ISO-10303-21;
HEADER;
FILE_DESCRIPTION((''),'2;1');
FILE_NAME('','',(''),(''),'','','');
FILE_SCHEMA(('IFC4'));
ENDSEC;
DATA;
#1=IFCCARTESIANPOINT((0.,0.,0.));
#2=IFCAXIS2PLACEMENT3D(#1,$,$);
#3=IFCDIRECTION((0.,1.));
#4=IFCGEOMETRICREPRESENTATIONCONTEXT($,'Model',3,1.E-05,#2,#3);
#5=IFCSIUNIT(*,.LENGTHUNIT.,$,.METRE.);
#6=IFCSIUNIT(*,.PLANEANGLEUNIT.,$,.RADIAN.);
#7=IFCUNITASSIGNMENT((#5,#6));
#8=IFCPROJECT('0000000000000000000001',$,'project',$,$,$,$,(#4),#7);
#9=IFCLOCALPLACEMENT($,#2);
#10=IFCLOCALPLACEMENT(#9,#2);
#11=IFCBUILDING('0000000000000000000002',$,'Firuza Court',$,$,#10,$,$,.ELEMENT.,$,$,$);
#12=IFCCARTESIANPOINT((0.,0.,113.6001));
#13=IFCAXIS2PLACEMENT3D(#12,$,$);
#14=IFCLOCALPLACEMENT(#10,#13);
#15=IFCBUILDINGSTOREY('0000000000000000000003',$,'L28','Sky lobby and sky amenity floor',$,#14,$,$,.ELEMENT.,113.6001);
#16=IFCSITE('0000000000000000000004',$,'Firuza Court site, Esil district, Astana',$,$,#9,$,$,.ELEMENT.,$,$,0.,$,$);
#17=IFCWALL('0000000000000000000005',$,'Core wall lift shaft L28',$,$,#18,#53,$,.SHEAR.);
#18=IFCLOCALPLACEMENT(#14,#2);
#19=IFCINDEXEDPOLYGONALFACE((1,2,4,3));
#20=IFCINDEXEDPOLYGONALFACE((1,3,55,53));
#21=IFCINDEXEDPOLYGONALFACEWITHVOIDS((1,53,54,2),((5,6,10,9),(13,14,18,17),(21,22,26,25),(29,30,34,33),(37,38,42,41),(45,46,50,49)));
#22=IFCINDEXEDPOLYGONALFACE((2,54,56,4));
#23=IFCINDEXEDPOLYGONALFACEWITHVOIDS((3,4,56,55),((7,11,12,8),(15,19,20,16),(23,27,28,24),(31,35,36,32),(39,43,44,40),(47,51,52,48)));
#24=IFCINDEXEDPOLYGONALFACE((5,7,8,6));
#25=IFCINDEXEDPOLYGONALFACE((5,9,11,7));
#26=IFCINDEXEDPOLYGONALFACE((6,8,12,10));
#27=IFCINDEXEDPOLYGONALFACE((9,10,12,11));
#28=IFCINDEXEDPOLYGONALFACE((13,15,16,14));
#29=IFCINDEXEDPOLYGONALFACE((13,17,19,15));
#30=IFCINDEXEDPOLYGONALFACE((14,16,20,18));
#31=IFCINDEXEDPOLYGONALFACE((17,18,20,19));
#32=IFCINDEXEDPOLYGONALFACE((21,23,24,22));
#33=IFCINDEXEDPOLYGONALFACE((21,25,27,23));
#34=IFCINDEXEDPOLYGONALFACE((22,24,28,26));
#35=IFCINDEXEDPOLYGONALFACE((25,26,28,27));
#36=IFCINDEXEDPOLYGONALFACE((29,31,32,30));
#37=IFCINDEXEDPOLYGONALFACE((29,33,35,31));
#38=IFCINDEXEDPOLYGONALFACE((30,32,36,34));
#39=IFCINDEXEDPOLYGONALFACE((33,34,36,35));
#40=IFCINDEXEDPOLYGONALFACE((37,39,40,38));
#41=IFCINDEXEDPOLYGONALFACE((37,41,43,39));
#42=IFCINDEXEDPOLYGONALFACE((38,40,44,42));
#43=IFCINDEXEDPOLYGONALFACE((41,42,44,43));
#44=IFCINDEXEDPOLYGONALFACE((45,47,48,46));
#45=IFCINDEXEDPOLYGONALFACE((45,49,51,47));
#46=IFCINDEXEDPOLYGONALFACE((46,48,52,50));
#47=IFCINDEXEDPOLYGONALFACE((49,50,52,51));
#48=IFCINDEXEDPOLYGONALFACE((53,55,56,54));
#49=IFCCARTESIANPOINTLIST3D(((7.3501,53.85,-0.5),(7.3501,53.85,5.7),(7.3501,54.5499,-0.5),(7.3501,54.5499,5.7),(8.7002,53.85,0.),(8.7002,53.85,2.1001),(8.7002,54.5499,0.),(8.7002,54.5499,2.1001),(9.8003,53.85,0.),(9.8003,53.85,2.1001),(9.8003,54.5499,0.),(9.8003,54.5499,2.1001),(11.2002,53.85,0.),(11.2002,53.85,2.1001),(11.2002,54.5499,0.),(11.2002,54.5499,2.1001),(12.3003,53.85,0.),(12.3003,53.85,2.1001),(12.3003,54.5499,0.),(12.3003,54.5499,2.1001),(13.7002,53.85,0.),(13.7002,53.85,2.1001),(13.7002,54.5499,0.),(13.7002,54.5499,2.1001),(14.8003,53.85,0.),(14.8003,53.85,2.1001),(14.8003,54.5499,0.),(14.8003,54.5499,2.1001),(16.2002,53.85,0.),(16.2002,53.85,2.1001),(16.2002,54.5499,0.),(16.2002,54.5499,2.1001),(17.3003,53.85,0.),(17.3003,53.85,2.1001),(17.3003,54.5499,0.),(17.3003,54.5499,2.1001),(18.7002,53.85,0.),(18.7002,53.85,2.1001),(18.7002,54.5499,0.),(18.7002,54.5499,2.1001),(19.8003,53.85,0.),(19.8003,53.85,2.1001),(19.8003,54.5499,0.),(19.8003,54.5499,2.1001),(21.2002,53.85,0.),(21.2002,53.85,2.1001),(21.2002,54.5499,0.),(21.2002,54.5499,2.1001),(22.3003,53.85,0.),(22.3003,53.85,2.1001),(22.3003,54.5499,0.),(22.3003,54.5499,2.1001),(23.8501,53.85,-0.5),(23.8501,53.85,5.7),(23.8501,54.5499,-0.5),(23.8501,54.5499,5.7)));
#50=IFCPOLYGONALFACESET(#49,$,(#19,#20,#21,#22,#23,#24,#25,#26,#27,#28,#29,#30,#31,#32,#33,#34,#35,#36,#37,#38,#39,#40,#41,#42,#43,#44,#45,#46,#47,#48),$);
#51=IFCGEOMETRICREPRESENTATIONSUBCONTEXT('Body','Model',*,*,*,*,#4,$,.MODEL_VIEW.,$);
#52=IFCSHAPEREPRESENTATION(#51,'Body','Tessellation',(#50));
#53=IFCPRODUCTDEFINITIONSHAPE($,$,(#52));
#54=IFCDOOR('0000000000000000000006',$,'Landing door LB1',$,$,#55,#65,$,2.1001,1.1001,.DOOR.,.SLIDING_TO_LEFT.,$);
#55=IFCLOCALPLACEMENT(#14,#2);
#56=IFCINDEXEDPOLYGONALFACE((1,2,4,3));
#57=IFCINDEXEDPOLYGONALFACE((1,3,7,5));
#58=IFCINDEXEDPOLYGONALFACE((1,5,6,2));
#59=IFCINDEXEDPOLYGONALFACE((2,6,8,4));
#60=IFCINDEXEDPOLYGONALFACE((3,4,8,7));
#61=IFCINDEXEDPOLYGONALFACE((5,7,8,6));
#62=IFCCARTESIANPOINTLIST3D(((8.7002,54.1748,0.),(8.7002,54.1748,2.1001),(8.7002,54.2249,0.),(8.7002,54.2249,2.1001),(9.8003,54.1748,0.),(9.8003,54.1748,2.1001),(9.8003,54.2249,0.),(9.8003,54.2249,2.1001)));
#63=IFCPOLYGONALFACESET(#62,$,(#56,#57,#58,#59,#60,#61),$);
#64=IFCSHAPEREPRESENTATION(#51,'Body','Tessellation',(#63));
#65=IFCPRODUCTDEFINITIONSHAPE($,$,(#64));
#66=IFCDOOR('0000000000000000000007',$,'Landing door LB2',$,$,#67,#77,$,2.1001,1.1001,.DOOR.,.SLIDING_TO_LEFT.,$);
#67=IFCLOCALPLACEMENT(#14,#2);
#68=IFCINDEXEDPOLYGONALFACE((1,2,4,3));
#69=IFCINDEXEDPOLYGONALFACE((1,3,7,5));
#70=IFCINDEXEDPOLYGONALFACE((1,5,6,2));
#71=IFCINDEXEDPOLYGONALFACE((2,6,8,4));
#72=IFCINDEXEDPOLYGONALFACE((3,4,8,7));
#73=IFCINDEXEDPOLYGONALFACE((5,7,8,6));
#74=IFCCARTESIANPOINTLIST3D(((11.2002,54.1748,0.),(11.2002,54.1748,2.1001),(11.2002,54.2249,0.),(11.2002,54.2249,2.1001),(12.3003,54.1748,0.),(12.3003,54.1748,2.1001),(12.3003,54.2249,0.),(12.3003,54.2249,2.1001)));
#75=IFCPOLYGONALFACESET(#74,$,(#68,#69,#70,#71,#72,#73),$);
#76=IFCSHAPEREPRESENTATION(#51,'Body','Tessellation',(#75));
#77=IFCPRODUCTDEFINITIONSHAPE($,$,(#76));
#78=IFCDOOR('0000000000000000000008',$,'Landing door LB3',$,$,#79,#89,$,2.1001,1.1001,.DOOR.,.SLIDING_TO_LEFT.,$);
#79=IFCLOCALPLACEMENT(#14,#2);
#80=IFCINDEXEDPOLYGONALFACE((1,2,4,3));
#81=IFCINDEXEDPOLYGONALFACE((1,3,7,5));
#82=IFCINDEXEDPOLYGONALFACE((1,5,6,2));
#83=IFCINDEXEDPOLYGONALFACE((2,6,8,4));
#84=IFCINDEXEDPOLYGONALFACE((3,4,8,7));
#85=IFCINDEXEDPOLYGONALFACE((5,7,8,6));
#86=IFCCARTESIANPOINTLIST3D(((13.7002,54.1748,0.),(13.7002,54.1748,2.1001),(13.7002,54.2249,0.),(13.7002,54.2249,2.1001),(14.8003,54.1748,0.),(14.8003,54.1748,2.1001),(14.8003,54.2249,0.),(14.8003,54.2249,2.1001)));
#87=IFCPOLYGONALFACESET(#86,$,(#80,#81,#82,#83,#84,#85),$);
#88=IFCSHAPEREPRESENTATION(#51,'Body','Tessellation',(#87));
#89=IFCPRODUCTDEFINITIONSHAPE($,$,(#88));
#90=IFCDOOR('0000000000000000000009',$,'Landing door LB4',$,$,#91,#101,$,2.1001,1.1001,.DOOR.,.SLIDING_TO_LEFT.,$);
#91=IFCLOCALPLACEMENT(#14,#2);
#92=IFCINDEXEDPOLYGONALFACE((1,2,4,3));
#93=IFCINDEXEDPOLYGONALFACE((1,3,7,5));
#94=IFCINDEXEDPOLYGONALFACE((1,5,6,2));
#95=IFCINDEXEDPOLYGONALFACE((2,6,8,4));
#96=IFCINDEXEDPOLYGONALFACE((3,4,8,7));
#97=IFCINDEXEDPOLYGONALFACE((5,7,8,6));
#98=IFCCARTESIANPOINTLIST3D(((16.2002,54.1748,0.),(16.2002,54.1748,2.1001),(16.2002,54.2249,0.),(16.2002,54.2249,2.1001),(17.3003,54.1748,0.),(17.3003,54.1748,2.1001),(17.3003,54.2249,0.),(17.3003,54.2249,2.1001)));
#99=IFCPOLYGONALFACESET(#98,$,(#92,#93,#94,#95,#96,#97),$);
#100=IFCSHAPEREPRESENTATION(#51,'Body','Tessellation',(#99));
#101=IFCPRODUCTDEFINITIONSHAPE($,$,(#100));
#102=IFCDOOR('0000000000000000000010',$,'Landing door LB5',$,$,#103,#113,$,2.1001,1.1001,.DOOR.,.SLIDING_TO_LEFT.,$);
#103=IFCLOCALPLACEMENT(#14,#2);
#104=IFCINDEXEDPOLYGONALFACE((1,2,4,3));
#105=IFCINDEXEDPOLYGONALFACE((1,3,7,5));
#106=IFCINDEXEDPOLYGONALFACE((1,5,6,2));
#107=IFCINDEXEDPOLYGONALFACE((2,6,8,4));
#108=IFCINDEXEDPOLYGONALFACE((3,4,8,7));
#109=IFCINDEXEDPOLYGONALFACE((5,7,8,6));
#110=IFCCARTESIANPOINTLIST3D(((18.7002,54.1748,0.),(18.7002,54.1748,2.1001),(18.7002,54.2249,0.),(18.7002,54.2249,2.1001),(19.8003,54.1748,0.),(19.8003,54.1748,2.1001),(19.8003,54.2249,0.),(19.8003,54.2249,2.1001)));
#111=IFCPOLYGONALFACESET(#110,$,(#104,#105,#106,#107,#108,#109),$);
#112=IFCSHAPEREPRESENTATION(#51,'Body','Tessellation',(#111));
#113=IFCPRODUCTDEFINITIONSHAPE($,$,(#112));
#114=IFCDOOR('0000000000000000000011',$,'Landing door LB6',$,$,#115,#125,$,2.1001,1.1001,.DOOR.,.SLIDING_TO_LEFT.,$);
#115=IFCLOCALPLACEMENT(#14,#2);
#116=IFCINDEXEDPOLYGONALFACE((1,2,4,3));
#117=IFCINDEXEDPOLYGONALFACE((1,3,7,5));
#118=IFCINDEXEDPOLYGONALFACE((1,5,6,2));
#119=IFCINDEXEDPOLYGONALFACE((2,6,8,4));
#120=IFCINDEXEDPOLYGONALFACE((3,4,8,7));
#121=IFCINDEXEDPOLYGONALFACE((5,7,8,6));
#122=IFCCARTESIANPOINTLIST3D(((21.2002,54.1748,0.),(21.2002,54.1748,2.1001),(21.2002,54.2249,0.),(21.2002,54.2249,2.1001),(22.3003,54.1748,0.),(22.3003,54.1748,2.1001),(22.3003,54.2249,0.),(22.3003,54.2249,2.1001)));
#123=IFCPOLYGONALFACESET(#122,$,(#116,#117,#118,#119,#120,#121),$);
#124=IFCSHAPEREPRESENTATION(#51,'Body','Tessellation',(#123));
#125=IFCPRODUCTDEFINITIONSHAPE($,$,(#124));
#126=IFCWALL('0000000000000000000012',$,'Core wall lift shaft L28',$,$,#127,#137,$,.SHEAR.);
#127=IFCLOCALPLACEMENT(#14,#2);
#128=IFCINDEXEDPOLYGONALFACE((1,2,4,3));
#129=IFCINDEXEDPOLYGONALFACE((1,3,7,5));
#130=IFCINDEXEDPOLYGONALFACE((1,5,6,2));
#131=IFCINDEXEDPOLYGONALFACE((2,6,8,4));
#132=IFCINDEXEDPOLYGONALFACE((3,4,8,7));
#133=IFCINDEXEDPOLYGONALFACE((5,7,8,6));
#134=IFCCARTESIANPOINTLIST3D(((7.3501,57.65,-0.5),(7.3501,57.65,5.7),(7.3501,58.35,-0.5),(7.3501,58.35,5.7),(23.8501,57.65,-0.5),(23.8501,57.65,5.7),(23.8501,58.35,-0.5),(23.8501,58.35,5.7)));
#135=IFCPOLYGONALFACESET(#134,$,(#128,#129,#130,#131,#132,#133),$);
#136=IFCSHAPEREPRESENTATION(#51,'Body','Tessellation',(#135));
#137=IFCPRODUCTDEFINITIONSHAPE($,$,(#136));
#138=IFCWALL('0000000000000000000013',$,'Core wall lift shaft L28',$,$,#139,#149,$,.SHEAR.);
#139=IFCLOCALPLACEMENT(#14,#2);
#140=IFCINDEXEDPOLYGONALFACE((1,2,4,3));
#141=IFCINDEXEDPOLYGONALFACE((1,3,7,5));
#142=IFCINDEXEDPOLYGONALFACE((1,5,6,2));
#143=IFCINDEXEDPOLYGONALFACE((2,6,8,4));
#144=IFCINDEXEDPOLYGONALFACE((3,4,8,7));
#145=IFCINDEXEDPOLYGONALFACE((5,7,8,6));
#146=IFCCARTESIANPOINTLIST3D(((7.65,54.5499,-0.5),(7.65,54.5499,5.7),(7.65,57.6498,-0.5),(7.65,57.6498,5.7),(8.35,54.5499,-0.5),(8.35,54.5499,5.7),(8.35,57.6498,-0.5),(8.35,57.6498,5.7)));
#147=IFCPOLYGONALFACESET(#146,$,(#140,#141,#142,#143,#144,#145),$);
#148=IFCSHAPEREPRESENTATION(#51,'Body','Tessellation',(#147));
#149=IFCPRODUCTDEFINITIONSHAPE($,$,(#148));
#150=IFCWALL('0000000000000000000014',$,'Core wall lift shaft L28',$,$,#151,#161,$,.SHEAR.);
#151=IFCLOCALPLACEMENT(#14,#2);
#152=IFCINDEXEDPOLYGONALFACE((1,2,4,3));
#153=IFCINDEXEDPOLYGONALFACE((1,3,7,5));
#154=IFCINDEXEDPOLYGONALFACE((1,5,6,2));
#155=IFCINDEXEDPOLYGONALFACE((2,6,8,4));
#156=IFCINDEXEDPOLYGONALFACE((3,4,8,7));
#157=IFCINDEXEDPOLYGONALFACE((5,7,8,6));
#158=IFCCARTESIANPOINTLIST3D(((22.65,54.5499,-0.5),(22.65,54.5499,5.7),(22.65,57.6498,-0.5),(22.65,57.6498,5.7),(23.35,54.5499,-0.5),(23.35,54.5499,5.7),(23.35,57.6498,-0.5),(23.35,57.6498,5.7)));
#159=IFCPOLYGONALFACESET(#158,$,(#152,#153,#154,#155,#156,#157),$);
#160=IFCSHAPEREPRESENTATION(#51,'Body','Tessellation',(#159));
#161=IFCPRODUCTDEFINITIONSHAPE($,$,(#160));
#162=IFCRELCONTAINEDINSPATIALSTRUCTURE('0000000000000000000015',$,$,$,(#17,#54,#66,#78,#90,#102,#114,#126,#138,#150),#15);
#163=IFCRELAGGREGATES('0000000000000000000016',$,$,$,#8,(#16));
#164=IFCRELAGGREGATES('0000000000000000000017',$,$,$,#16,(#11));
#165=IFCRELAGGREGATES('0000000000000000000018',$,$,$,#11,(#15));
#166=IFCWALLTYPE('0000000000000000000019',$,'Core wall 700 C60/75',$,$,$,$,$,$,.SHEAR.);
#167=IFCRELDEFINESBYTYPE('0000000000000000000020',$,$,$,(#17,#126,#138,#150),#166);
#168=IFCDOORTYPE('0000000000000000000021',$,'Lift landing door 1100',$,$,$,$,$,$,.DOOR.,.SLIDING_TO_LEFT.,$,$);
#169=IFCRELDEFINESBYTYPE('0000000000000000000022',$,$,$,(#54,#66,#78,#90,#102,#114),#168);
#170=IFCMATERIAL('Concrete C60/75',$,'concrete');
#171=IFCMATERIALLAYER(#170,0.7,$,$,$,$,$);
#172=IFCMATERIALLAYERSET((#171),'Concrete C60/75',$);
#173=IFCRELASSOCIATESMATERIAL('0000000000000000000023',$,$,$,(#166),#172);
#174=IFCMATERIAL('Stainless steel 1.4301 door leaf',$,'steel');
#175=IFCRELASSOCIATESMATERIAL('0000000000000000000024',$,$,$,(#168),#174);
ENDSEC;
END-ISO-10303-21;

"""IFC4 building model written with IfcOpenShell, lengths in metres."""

from ifc_helpers import new_model, si_unit, direction, frame, frame_2d, origin, place, context, subcontext, project, spatial, rectangle, extrude, material, layer, layer_set, type_object, element, fill, save


model = new_model("IFC4")

# Units and contexts
model_context = context("Model", 3, precision=1e-05, world=origin(), true_north=direction((0.0, 1.0)))
body_context = subcontext(model_context, "Body", "Model", "MODEL_VIEW")
ifc_project = project(units=[si_unit("LENGTHUNIT", "METRE"), si_unit("PLANEANGLEUNIT", "RADIAN")], contexts=[model_context])

# Site, building, storey
site_placement = place(None, origin())
site = spatial("IfcSite", under=ifc_project, at=site_placement, Name="Firuza Court site, Esil district, Astana", CompositionType="ELEMENT", RefElevation=0.0)
building_placement = place(site_placement, origin())
building = spatial("IfcBuilding", under=site, at=building_placement, Name="Firuza Court", CompositionType="ELEMENT")
storey_placement = place(building_placement, frame((0.0, 0.0, 113.6001)))
storey = spatial("IfcBuildingStorey", under=building, at=storey_placement, Name="L28", Description="Sky lobby and sky amenity floor", CompositionType="ELEMENT", Elevation=113.6001)

# Shared definitions
ifc_material_1 = material(Name="Concrete C60/75", Category="concrete")

# Wall, openings, doors
ifc_layer_1 = layer(ifc_material_1, 0.7)
ifc_layer_set_1 = layer_set([ifc_layer_1], Name="Concrete C60/75")
wall_type_1 = type_object("IfcWallType", Name="Core wall 700 C60/75", PredefinedType="SHEAR", material=ifc_layer_set_1)
wall_1_placement = place(storey_placement, frame((7.3501, 54.2, -0.5), z_axis=(0.0, 0.0, 1.0), x_axis=(1.0, 0.0, 0.0)))
wall_1 = element("IfcWall", 1, at=wall_1_placement, inside=storey, type_object=wall_type_1, Name="Core wall lift shaft L28", PredefinedType="SHEAR", context=body_context, shape_type="SweptSolid", body=[
    extrude(rectangle(XDim=16.5, YDim=0.7, at=frame_2d((8.25, 0.0))), origin(), (0.0, 0.0, 1.0), 6.2),
])
opening_1_placement = place(wall_1_placement, frame((1.3501, 0.0, 0.5)))
opening_1 = element("IfcOpeningElement", 2, at=opening_1_placement, cuts=wall_1, PredefinedType="OPENING", context=body_context, shape_type="SweptSolid", body=[
    extrude(rectangle(XDim=1.1001, YDim=2.1001, at=frame_2d((0.55, 1.05))), frame((0.0, 0.3618, 0.0), z_axis=(0.0, -1.0, 0.0), x_axis=(1.0, 0.0, 0.0)), (0.0, 0.0, 1.0), 0.7239),
])
opening_2_placement = place(wall_1_placement, frame((3.8501, 0.0, 0.5)))
opening_2 = element("IfcOpeningElement", 3, at=opening_2_placement, cuts=wall_1, PredefinedType="OPENING", context=body_context, shape_type="SweptSolid", body=[
    extrude(rectangle(XDim=1.1001, YDim=2.1001, at=frame_2d((0.55, 1.05))), frame((0.0, 0.3618, 0.0), z_axis=(0.0, -1.0, 0.0), x_axis=(1.0, 0.0, 0.0)), (0.0, 0.0, 1.0), 0.7239),
])
opening_3_placement = place(wall_1_placement, frame((6.3501, 0.0, 0.5)))
opening_3 = element("IfcOpeningElement", 4, at=opening_3_placement, cuts=wall_1, PredefinedType="OPENING", context=body_context, shape_type="SweptSolid", body=[
    extrude(rectangle(XDim=1.1001, YDim=2.1001, at=frame_2d((0.55, 1.05))), frame((0.0, 0.3618, 0.0), z_axis=(0.0, -1.0, 0.0), x_axis=(1.0, 0.0, 0.0)), (0.0, 0.0, 1.0), 0.7239),
])
opening_4_placement = place(wall_1_placement, frame((8.8501, 0.0, 0.5)))
opening_4 = element("IfcOpeningElement", 5, at=opening_4_placement, cuts=wall_1, PredefinedType="OPENING", context=body_context, shape_type="SweptSolid", body=[
    extrude(rectangle(XDim=1.1001, YDim=2.1001, at=frame_2d((0.55, 1.05))), frame((0.0, 0.3618, 0.0), z_axis=(0.0, -1.0, 0.0), x_axis=(1.0, 0.0, 0.0)), (0.0, 0.0, 1.0), 0.7239),
])
opening_5_placement = place(wall_1_placement, frame((11.3501, 0.0, 0.5)))
opening_5 = element("IfcOpeningElement", 6, at=opening_5_placement, cuts=wall_1, PredefinedType="OPENING", context=body_context, shape_type="SweptSolid", body=[
    extrude(rectangle(XDim=1.1001, YDim=2.1001, at=frame_2d((0.55, 1.05))), frame((0.0, 0.3618, 0.0), z_axis=(0.0, -1.0, 0.0), x_axis=(1.0, 0.0, 0.0)), (0.0, 0.0, 1.0), 0.7239),
])
opening_6_placement = place(wall_1_placement, frame((13.8501, 0.0, 0.5)))
opening_6 = element("IfcOpeningElement", 7, at=opening_6_placement, cuts=wall_1, PredefinedType="OPENING", context=body_context, shape_type="SweptSolid", body=[
    extrude(rectangle(XDim=1.1001, YDim=2.1001, at=frame_2d((0.55, 1.05))), frame((0.0, 0.3618, 0.0), z_axis=(0.0, -1.0, 0.0), x_axis=(1.0, 0.0, 0.0)), (0.0, 0.0, 1.0), 0.7239),
])
ifc_material_2 = material(Name="Stainless steel 1.4301 door leaf", Category="steel")
door_type = type_object("IfcDoorType", Name="Lift landing door 1100", OperationType="SLIDING_TO_LEFT", PredefinedType="DOOR", material=ifc_material_2)
door_1_placement = place(opening_1_placement, origin())
door_1 = element("IfcDoor", 8, at=door_1_placement, inside=storey, type_object=door_type, Name="Landing door LB1", OperationType="SLIDING_TO_LEFT", OverallHeight=2.1001, OverallWidth=1.1001, PredefinedType="DOOR", context=body_context, shape_type="SweptSolid", body=[
    extrude(rectangle(XDim=1.1001, YDim=2.1001, at=frame_2d((0.55, 1.05))), frame((0.0, 0.0249, 0.0), z_axis=(0.0, -1.0, 0.0), x_axis=(1.0, 0.0, 0.0)), (0.0, 0.0, 1.0), 0.05),
])
fill(opening_1, door_1)
door_2_placement = place(opening_2_placement, origin())
door_2 = element("IfcDoor", 9, at=door_2_placement, inside=storey, type_object=door_type, Name="Landing door LB2", OperationType="SLIDING_TO_LEFT", OverallHeight=2.1001, OverallWidth=1.1001, PredefinedType="DOOR", context=body_context, shape_type="SweptSolid", body=[
    extrude(rectangle(XDim=1.1001, YDim=2.1001, at=frame_2d((0.55, 1.05))), frame((0.0, 0.0249, 0.0), z_axis=(0.0, -1.0, 0.0), x_axis=(1.0, 0.0, 0.0)), (0.0, 0.0, 1.0), 0.05),
])
fill(opening_2, door_2)
door_3_placement = place(opening_3_placement, origin())
door_3 = element("IfcDoor", 10, at=door_3_placement, inside=storey, type_object=door_type, Name="Landing door LB3", OperationType="SLIDING_TO_LEFT", OverallHeight=2.1001, OverallWidth=1.1001, PredefinedType="DOOR", context=body_context, shape_type="SweptSolid", body=[
    extrude(rectangle(XDim=1.1001, YDim=2.1001, at=frame_2d((0.55, 1.05))), frame((0.0, 0.0249, 0.0), z_axis=(0.0, -1.0, 0.0), x_axis=(1.0, 0.0, 0.0)), (0.0, 0.0, 1.0), 0.05),
])
fill(opening_3, door_3)
door_4_placement = place(opening_4_placement, origin())
door_4 = element("IfcDoor", 11, at=door_4_placement, inside=storey, type_object=door_type, Name="Landing door LB4", OperationType="SLIDING_TO_LEFT", OverallHeight=2.1001, OverallWidth=1.1001, PredefinedType="DOOR", context=body_context, shape_type="SweptSolid", body=[
    extrude(rectangle(XDim=1.1001, YDim=2.1001, at=frame_2d((0.55, 1.05))), frame((0.0, 0.0249, 0.0), z_axis=(0.0, -1.0, 0.0), x_axis=(1.0, 0.0, 0.0)), (0.0, 0.0, 1.0), 0.05),
])
fill(opening_4, door_4)
door_5_placement = place(opening_5_placement, origin())
door_5 = element("IfcDoor", 12, at=door_5_placement, inside=storey, type_object=door_type, Name="Landing door LB5", OperationType="SLIDING_TO_LEFT", OverallHeight=2.1001, OverallWidth=1.1001, PredefinedType="DOOR", context=body_context, shape_type="SweptSolid", body=[
    extrude(rectangle(XDim=1.1001, YDim=2.1001, at=frame_2d((0.55, 1.05))), frame((0.0, 0.0249, 0.0), z_axis=(0.0, -1.0, 0.0), x_axis=(1.0, 0.0, 0.0)), (0.0, 0.0, 1.0), 0.05),
])
fill(opening_5, door_5)
door_6_placement = place(opening_6_placement, origin())
door_6 = element("IfcDoor", 13, at=door_6_placement, inside=storey, type_object=door_type, Name="Landing door LB6", OperationType="SLIDING_TO_LEFT", OverallHeight=2.1001, OverallWidth=1.1001, PredefinedType="DOOR", context=body_context, shape_type="SweptSolid", body=[
    extrude(rectangle(XDim=1.1001, YDim=2.1001, at=frame_2d((0.55, 1.05))), frame((0.0, 0.0249, 0.0), z_axis=(0.0, -1.0, 0.0), x_axis=(1.0, 0.0, 0.0)), (0.0, 0.0, 1.0), 0.05),
])
fill(opening_6, door_6)

# Walls
wall_2_placement = place(storey_placement, frame((7.3501, 58.0, -0.5), z_axis=(0.0, 0.0, 1.0), x_axis=(1.0, 0.0, 0.0)))
element("IfcWall", 14, at=wall_2_placement, inside=storey, type_object=wall_type_1, Name="Core wall lift shaft L28", PredefinedType="SHEAR", context=body_context, shape_type="SweptSolid", body=[
    extrude(rectangle(XDim=16.5, YDim=0.7, at=frame_2d((8.25, 0.0))), origin(), (0.0, 0.0, 1.0), 6.2),
])
for number, where, z_axis, x_axis, name in (
    (15, (8.0, 54.55, -0.5), (0.0, 0.0, 1.0), (0.0, 1.0, 0.0), "Core wall lift shaft L28"),
    (16, (23.0, 54.55, -0.5), (0.0, 0.0, 1.0), (0.0, 1.0, 0.0), "Core wall lift shaft L28"),
):
    element("IfcWall", number, at=place(storey_placement, frame(where, z_axis=z_axis, x_axis=x_axis)), inside=storey, type_object=wall_type_1, Name=name, PredefinedType="SHEAR", context=body_context, shape_type="SweptSolid", body=[
        extrude(rectangle(XDim=3.0999, YDim=0.7, at=frame_2d((1.5498, 0.0))), origin(), (0.0, 0.0, 1.0), 6.2),
    ])

save(model, "model.ifc")
